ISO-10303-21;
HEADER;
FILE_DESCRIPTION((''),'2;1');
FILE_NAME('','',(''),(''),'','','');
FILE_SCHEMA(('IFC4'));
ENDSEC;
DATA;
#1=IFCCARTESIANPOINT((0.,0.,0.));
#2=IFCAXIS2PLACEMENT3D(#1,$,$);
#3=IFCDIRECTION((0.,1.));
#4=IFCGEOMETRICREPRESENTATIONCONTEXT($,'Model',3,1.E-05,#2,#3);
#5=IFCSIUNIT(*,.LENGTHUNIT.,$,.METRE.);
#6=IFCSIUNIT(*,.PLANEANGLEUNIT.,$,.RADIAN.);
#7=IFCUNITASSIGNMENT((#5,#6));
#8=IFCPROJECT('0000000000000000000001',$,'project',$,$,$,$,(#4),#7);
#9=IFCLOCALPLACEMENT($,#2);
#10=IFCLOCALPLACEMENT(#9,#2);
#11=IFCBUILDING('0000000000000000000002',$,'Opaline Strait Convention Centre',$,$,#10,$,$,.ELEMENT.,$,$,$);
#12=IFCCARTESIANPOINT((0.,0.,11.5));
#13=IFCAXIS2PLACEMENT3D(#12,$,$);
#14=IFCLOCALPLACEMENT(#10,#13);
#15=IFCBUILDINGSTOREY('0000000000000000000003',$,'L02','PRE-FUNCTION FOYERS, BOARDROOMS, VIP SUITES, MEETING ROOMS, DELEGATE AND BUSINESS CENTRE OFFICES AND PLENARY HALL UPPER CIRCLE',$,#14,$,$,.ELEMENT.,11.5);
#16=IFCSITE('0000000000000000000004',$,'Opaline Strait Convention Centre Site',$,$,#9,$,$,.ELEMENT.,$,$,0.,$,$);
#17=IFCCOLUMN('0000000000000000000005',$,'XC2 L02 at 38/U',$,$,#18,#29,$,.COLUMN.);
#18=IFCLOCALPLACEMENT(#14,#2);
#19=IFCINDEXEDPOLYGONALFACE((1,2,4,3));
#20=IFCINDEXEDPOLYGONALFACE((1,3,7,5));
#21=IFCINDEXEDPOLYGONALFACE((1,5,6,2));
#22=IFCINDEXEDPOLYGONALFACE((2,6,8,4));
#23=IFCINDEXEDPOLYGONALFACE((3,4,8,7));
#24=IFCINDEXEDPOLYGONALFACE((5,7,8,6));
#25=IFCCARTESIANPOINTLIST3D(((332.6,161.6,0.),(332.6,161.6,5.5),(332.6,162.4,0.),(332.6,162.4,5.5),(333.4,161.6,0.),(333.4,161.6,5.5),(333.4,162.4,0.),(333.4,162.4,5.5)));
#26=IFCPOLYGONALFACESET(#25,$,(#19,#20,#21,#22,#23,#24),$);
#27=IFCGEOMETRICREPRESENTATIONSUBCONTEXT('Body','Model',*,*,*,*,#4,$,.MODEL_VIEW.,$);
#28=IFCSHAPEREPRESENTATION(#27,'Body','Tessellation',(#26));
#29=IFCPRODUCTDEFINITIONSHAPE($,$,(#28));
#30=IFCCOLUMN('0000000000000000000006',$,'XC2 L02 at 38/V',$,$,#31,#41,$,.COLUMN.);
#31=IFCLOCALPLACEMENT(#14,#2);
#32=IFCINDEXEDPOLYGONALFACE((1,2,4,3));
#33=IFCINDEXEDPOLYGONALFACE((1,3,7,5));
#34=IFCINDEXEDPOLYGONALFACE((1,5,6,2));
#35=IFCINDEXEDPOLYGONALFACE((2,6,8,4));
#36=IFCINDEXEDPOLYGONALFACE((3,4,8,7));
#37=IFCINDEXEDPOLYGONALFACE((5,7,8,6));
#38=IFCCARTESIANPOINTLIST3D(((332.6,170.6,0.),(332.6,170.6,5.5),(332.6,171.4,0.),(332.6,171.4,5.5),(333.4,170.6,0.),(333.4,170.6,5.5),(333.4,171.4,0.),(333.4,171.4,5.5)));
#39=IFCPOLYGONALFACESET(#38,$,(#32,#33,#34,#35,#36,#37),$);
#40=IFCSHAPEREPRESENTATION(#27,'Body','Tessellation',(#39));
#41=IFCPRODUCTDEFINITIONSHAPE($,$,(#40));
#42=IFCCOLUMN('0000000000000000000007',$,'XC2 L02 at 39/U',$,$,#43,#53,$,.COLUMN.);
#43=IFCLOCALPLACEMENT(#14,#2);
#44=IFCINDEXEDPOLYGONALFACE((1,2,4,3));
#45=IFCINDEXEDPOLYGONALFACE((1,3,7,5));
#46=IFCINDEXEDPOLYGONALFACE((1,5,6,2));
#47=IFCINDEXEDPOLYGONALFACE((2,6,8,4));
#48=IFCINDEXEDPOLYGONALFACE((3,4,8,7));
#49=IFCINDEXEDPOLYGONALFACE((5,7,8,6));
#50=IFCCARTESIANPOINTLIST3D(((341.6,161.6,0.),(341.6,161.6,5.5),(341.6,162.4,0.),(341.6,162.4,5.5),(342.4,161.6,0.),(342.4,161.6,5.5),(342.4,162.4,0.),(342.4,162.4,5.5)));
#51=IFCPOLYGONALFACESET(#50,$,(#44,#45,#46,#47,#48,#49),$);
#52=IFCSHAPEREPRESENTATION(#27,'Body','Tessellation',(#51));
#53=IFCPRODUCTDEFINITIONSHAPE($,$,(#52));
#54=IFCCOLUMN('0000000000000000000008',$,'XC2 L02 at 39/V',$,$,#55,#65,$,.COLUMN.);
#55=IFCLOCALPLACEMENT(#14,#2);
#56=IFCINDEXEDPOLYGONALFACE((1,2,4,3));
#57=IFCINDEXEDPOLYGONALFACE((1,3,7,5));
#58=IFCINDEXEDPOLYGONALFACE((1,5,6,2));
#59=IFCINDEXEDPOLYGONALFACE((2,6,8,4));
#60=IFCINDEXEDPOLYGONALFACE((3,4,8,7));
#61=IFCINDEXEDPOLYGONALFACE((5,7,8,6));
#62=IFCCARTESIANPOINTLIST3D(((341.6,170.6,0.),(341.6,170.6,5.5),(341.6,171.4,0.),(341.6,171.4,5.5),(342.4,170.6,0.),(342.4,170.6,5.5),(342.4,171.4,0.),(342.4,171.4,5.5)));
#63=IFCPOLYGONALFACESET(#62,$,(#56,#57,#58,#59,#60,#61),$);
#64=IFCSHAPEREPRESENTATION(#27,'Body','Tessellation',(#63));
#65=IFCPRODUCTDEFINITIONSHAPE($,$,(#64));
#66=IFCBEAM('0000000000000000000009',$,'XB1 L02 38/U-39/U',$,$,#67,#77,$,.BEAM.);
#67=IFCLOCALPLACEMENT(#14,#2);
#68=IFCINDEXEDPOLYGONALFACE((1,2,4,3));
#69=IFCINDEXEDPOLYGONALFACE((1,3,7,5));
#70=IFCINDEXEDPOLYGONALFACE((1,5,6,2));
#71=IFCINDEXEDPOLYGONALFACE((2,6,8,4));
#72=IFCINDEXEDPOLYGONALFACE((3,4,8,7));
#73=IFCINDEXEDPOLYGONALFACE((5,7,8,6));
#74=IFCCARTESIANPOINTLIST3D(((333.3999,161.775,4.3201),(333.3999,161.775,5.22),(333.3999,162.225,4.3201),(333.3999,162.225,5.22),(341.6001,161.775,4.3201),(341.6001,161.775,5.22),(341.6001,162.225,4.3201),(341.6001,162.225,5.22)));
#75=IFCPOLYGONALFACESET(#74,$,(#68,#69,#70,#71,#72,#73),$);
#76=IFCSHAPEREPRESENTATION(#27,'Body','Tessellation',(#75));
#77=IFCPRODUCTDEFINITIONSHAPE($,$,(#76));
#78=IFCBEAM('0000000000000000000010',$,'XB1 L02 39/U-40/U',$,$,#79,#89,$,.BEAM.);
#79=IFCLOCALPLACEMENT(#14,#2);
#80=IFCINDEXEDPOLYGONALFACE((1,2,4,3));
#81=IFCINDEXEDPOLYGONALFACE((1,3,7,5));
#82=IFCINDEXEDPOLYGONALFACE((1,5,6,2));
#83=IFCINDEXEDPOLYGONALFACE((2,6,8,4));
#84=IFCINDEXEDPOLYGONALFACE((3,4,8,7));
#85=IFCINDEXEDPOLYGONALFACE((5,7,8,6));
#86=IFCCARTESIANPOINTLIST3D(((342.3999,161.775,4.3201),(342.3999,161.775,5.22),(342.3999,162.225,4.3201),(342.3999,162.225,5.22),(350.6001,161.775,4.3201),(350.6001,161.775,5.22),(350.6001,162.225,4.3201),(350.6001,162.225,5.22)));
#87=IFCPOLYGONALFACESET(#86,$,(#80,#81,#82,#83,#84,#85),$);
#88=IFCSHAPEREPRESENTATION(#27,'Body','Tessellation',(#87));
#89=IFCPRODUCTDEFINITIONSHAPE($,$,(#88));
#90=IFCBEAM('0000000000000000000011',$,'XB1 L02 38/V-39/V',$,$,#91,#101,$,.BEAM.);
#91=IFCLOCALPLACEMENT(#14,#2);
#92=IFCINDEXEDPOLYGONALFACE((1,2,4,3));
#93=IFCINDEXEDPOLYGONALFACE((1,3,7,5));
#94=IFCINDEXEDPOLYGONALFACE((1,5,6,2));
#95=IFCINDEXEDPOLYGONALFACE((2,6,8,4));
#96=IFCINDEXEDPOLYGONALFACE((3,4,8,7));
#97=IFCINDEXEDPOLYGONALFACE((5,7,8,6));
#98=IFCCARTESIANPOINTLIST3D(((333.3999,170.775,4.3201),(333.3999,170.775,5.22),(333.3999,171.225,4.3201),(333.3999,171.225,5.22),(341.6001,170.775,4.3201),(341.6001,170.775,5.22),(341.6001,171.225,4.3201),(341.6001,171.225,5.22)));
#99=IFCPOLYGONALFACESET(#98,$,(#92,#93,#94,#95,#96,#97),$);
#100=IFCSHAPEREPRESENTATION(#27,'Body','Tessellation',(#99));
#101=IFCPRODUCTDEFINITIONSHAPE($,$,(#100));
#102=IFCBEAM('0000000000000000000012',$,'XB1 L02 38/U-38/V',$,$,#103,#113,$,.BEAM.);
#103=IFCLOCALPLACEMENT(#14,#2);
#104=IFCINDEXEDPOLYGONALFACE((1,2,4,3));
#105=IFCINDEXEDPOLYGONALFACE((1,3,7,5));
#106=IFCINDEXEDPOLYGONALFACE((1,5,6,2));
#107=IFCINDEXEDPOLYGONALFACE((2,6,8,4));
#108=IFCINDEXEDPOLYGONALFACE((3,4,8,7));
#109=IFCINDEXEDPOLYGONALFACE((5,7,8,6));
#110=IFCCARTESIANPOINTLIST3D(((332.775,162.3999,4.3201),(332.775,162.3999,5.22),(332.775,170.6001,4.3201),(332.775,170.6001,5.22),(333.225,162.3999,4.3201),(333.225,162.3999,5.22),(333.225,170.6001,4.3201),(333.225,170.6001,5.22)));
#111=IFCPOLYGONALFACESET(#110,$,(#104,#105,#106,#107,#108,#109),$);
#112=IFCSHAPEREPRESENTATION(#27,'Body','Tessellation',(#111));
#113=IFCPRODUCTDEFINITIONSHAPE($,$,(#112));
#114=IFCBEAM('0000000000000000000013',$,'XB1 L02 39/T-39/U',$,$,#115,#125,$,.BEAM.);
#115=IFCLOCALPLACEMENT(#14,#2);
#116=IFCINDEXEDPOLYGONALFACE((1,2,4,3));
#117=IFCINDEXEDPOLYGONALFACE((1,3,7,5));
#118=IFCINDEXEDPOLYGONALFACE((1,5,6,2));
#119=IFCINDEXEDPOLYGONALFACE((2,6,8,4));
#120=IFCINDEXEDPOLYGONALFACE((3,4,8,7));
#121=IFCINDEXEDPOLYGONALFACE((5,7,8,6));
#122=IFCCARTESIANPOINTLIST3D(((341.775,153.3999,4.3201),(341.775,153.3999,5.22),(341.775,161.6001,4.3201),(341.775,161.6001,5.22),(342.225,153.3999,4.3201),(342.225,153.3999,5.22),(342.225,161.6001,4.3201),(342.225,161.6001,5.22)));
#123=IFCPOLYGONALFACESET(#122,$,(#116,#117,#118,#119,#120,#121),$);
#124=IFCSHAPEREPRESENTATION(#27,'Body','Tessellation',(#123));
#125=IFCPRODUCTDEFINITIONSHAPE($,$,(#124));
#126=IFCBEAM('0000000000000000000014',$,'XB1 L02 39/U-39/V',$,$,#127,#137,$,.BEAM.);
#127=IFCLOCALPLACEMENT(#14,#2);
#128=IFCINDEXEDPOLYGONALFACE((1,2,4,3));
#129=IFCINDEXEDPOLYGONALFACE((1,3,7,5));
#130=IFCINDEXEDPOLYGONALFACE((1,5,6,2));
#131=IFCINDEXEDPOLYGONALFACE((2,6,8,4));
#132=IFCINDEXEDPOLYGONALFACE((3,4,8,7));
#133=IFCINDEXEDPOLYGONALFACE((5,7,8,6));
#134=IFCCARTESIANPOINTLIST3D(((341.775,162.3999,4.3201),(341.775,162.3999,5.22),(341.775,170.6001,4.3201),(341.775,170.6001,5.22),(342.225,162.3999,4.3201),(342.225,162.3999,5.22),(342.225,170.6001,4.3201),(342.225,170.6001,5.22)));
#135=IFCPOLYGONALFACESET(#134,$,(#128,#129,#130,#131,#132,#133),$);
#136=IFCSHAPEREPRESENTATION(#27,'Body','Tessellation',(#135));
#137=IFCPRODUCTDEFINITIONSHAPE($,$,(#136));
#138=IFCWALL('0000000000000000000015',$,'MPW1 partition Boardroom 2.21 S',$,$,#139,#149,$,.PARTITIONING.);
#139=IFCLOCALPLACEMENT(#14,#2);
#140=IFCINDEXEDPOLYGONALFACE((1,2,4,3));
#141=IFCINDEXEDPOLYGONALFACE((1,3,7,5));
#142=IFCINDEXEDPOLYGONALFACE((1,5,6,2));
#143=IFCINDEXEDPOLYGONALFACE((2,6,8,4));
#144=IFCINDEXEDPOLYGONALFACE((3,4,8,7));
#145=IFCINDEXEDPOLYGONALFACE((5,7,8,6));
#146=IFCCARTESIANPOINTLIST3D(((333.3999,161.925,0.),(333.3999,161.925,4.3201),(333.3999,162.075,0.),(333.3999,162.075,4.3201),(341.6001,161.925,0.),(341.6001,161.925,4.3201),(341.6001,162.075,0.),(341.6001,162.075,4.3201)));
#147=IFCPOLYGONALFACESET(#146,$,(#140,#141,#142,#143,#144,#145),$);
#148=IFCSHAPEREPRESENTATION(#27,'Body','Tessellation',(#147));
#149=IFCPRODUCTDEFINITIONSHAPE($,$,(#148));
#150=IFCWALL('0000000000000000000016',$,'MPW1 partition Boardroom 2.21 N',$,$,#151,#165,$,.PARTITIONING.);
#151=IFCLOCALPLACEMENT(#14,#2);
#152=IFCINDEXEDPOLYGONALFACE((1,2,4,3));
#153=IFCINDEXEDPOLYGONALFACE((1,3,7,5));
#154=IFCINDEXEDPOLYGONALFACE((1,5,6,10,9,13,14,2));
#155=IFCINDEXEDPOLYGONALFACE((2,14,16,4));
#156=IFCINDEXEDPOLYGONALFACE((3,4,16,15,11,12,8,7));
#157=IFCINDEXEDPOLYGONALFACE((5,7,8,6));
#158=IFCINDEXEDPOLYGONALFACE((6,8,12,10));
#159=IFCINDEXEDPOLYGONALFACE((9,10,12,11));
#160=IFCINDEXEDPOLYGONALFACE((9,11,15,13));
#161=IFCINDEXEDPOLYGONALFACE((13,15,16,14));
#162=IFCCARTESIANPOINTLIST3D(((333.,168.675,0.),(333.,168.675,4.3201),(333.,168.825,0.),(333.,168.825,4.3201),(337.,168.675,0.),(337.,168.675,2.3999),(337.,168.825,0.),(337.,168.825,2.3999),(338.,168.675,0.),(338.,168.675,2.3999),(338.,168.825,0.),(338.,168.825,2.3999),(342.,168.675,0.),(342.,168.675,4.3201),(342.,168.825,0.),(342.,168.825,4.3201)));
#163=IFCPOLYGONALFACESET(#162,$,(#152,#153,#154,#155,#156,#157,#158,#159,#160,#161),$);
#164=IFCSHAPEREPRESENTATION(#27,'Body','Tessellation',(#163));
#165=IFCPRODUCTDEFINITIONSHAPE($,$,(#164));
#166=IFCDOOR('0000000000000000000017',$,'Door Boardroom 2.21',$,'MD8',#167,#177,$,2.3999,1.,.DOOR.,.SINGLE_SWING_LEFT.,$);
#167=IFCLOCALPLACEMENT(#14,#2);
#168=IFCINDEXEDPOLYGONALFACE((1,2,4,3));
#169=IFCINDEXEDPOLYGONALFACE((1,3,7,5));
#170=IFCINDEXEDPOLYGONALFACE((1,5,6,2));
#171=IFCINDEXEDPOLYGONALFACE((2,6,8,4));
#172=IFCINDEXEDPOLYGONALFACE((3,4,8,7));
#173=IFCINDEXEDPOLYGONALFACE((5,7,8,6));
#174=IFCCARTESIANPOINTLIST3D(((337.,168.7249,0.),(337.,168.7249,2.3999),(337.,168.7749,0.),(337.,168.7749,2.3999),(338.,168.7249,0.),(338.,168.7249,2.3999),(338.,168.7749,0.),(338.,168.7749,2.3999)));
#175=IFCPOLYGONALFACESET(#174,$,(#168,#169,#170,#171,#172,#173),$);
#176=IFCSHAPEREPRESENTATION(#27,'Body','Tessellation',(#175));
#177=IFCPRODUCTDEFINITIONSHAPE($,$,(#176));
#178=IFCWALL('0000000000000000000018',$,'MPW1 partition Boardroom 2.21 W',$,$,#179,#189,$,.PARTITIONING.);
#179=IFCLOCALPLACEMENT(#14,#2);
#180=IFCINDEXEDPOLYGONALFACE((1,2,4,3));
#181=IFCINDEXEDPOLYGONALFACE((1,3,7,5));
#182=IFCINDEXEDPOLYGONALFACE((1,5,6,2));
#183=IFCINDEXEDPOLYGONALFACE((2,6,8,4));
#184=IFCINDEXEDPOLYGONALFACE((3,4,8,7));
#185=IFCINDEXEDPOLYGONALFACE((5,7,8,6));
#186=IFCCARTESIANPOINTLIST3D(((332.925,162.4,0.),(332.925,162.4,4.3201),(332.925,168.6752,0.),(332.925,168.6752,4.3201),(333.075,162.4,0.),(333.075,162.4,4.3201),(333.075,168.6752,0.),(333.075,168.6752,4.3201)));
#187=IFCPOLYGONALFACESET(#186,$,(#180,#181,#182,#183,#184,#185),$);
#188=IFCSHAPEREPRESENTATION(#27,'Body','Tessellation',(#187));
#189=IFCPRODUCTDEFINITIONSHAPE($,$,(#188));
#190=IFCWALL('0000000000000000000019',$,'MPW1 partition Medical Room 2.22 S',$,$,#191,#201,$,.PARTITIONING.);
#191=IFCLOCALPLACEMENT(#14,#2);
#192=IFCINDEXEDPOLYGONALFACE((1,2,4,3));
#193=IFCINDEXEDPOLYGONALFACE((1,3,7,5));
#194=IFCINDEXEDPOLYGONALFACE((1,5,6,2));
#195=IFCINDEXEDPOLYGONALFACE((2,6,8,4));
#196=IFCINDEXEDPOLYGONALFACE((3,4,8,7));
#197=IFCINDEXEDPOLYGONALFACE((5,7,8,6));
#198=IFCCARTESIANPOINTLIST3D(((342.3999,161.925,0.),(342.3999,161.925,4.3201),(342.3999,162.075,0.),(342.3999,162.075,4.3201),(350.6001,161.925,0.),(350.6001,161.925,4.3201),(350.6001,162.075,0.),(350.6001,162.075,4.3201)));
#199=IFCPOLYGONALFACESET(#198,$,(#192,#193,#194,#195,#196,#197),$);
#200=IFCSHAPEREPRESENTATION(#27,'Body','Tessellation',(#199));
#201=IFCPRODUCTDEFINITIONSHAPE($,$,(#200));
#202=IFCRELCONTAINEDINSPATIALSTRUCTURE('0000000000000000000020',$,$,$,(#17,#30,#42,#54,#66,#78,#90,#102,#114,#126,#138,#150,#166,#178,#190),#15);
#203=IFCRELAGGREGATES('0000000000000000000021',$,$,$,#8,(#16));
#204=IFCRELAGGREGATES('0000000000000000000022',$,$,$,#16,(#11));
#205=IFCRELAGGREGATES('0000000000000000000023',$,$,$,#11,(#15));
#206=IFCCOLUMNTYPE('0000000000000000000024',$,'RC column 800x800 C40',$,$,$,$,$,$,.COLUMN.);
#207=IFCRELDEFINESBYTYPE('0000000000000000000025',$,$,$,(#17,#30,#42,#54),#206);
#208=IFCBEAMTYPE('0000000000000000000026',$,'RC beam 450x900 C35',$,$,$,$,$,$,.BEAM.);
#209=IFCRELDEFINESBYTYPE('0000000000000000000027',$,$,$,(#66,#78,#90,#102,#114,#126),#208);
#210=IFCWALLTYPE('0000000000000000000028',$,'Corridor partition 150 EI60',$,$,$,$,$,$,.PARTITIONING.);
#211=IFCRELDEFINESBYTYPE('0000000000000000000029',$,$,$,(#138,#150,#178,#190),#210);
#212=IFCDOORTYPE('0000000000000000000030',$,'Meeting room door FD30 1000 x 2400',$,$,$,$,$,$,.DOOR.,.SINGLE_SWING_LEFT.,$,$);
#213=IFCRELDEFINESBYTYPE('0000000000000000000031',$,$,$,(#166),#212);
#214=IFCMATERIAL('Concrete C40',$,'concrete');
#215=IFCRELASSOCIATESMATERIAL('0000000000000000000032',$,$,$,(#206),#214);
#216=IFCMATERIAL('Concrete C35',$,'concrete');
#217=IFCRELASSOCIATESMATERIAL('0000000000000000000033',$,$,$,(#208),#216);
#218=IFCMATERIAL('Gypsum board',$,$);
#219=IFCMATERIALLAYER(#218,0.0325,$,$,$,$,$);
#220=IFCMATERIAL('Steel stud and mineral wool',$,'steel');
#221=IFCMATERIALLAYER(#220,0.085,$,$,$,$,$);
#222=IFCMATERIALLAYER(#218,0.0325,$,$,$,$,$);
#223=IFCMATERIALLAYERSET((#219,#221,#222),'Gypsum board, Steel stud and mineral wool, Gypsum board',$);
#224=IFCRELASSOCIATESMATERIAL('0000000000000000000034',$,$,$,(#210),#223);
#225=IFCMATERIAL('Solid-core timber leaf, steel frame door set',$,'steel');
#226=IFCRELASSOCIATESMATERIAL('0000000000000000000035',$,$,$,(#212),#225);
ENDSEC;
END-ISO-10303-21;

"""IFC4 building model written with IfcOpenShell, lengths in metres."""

from ifc_helpers import new_model, si_unit, direction, frame, frame_2d, origin, origin_2d, place, context, subcontext, project, spatial, rectangle, extrude, material, layer, layer_set, material_profile, profile_set, type_object, element, fill, save


model = new_model("IFC4")

# Units and contexts
model_context = context("Model", 3, precision=1e-05, world=origin(), true_north=direction((0.0, 1.0)))
body_context = subcontext(model_context, "Body", "Model", "MODEL_VIEW")
ifc_project = project(units=[si_unit("LENGTHUNIT", "METRE"), si_unit("PLANEANGLEUNIT", "RADIAN")], contexts=[model_context])

# Site, building, storey
site_placement = place(None, origin())
site = spatial("IfcSite", under=ifc_project, at=site_placement, Name="Opaline Strait Convention Centre Site", CompositionType="ELEMENT", RefElevation=0.0)
building_placement = place(site_placement, origin())
building = spatial("IfcBuilding", under=site, at=building_placement, Name="Opaline Strait Convention Centre", CompositionType="ELEMENT")
storey_placement = place(building_placement, frame((0.0, 0.0, 11.5)))
storey = spatial("IfcBuildingStorey", under=building, at=storey_placement, Name="L02", Description="PRE-FUNCTION FOYERS, BOARDROOMS, VIP SUITES, MEETING ROOMS, DELEGATE AND BUSINESS CENTRE OFFICES AND PLENARY HALL UPPER CIRCLE", CompositionType="ELEMENT", Elevation=11.5)

# Columns
ifc_material_1 = material(Name="Concrete C40", Category="concrete")
ifc_material_profile_1 = material_profile(ifc_material_1, rectangle(XDim=0.8, YDim=0.8, at=origin_2d()), Name="RC 800x800")
ifc_profile_set_1 = profile_set([ifc_material_profile_1], Name="Concrete C40")
column_type = type_object("IfcColumnType", Name="RC column 800x800 C40", PredefinedType="COLUMN", material=ifc_profile_set_1)
for number, where, z_axis, x_axis, name in (
    (1, (333.0, 162.0, 0.0), (0.0, 0.0, 1.0), (1.0, 0.0, 0.0), "XC2 L02 at 38/U"),
    (2, (333.0, 171.0, 0.0), (0.0, 0.0, 1.0), (1.0, 0.0, 0.0), "XC2 L02 at 38/V"),
    (3, (342.0, 162.0, 0.0), (0.0, 0.0, 1.0), (1.0, 0.0, 0.0), "XC2 L02 at 39/U"),
    (4, (342.0, 171.0, 0.0), (0.0, 0.0, 1.0), (1.0, 0.0, 0.0), "XC2 L02 at 39/V"),
):
    element("IfcColumn", number, at=place(storey_placement, frame(where, z_axis=z_axis, x_axis=x_axis)), inside=storey, type_object=column_type, Name=name, PredefinedType="COLUMN", context=body_context, shape_type="SweptSolid", body=[
        extrude(rectangle(XDim=0.8, YDim=0.8, at=origin_2d()), origin(), (0.0, 0.0, 1.0), 5.5),
    ])

# Beams
ifc_material_2 = material(Name="Concrete C35", Category="concrete")
ifc_material_profile_2 = material_profile(ifc_material_2, rectangle(XDim=0.45, YDim=0.8999, at=origin_2d()), Name="RC 450x900")
ifc_profile_set_2 = profile_set([ifc_material_profile_2], Name="Concrete C35")
beam_type = type_object("IfcBeamType", Name="RC beam 450x900 C35", PredefinedType="BEAM", material=ifc_profile_set_2)
for number, where, z_axis, x_axis, name in (
    (5, (333.3999, 162.0, 4.77), (1.0, 0.0, 0.0), (0.0, 1.0, 0.0), "XB1 L02 38/U-39/U"),
    (6, (342.3999, 162.0, 4.77), (1.0, 0.0, 0.0), (0.0, 1.0, 0.0), "XB1 L02 39/U-40/U"),
    (7, (333.3999, 171.0, 4.77), (1.0, 0.0, 0.0), (0.0, 1.0, 0.0), "XB1 L02 38/V-39/V"),
    (8, (333.0, 162.3999, 4.77), (0.0, 1.0, 0.0), (-1.0, 0.0, 0.0), "XB1 L02 38/U-38/V"),
    (9, (342.0, 153.3999, 4.77), (0.0, 1.0, 0.0), (-1.0, 0.0, 0.0), "XB1 L02 39/T-39/U"),
    (10, (342.0, 162.3999, 4.77), (0.0, 1.0, 0.0), (-1.0, 0.0, 0.0), "XB1 L02 39/U-39/V"),
):
    element("IfcBeam", number, at=place(storey_placement, frame(where, z_axis=z_axis, x_axis=x_axis)), inside=storey, type_object=beam_type, Name=name, PredefinedType="BEAM", context=body_context, shape_type="SweptSolid", body=[
        extrude(rectangle(XDim=0.45, YDim=0.8999, at=origin_2d()), origin(), (0.0, 0.0, 1.0), 8.2002),
    ])

# Wall
ifc_material_3 = material(Name="Gypsum board")
ifc_layer_1 = layer(ifc_material_3, 0.0325)
ifc_material_4 = material(Name="Steel stud and mineral wool", Category="steel")
ifc_layer_2 = layer(ifc_material_4, 0.085)
ifc_layer_3 = layer(ifc_material_3, 0.0325)
ifc_layer_set_1 = layer_set([ifc_layer_1, ifc_layer_2, ifc_layer_3], Name="Gypsum board, Steel stud and mineral wool, Gypsum board")
wall_type_1 = type_object("IfcWallType", Name="Corridor partition 150 EI60", PredefinedType="PARTITIONING", material=ifc_layer_set_1)
wall_1_placement = place(storey_placement, frame((333.3999, 162.0, 0.0), z_axis=(0.0, 0.0, 1.0), x_axis=(1.0, 0.0, 0.0)))
element("IfcWall", 11, at=wall_1_placement, inside=storey, type_object=wall_type_1, Name="MPW1 partition Boardroom 2.21 S", PredefinedType="PARTITIONING", context=body_context, shape_type="SweptSolid", body=[
    extrude(rectangle(XDim=8.2002, YDim=0.1499, at=frame_2d((4.1001, 0.0))), origin(), (0.0, 0.0, 1.0), 4.3201),
])

# Wall, opening, door
wall_2_placement = place(storey_placement, frame((333.0, 168.75, 0.0), z_axis=(0.0, 0.0, 1.0), x_axis=(1.0, 0.0, 0.0)))
wall_2 = element("IfcWall", 12, at=wall_2_placement, inside=storey, type_object=wall_type_1, Name="MPW1 partition Boardroom 2.21 N", PredefinedType="PARTITIONING", context=body_context, shape_type="SweptSolid", body=[
    extrude(rectangle(XDim=9.0, YDim=0.1499, at=frame_2d((4.5, 0.0))), origin(), (0.0, 0.0, 1.0), 4.3201),
])
opening_1_placement = place(wall_2_placement, frame((4.0, 0.0, 0.0)))
opening_1 = element("IfcOpeningElement", 13, at=opening_1_placement, cuts=wall_2, PredefinedType="OPENING", context=body_context, shape_type="SweptSolid", body=[
    extrude(rectangle(XDim=1.0, YDim=2.3999, at=frame_2d((0.5, 1.2))), frame((0.0, 0.085, 0.0), z_axis=(0.0, -1.0, 0.0), x_axis=(1.0, 0.0, 0.0)), (0.0, 0.0, 1.0), 0.1699),
])
ifc_material_5 = material(Name="Solid-core timber leaf, steel frame door set", Category="steel")
door_type_1 = type_object("IfcDoorType", Name="Meeting room door FD30 1000 x 2400", OperationType="SINGLE_SWING_LEFT", PredefinedType="DOOR", material=ifc_material_5)
door_1_placement = place(opening_1_placement, origin())
door_1 = element("IfcDoor", 14, at=door_1_placement, inside=storey, type_object=door_type_1, Name="Door Boardroom 2.21", ObjectType="MD8", OperationType="SINGLE_SWING_LEFT", OverallHeight=2.3999, OverallWidth=1.0, PredefinedType="DOOR", context=body_context, shape_type="SweptSolid", body=[
    extrude(rectangle(XDim=1.0, YDim=2.3999, at=frame_2d((0.5, 1.2))), frame((0.0, 0.0249, 0.0), z_axis=(0.0, -1.0, 0.0), x_axis=(1.0, 0.0, 0.0)), (0.0, 0.0, 1.0), 0.05),
])
fill(opening_1, door_1)

# Walls
wall_3_placement = place(storey_placement, frame((333.0, 162.3999, 0.0), z_axis=(0.0, 0.0, 1.0), x_axis=(0.0, 1.0, 0.0)))
element("IfcWall", 15, at=wall_3_placement, inside=storey, type_object=wall_type_1, Name="MPW1 partition Boardroom 2.21 W", PredefinedType="PARTITIONING", context=body_context, shape_type="SweptSolid", body=[
    extrude(rectangle(XDim=6.2751, YDim=0.1499, at=frame_2d((3.1377, 0.0))), origin(), (0.0, 0.0, 1.0), 4.3201),
])
wall_4_placement = place(storey_placement, frame((342.3999, 162.0, 0.0), z_axis=(0.0, 0.0, 1.0), x_axis=(1.0, 0.0, 0.0)))
element("IfcWall", 16, at=wall_4_placement, inside=storey, type_object=wall_type_1, Name="MPW1 partition Medical Room 2.22 S", PredefinedType="PARTITIONING", context=body_context, shape_type="SweptSolid", body=[
    extrude(rectangle(XDim=8.2002, YDim=0.1499, at=frame_2d((4.1001, 0.0))), origin(), (0.0, 0.0, 1.0), 4.3201),
])

save(model, "model.ifc")
